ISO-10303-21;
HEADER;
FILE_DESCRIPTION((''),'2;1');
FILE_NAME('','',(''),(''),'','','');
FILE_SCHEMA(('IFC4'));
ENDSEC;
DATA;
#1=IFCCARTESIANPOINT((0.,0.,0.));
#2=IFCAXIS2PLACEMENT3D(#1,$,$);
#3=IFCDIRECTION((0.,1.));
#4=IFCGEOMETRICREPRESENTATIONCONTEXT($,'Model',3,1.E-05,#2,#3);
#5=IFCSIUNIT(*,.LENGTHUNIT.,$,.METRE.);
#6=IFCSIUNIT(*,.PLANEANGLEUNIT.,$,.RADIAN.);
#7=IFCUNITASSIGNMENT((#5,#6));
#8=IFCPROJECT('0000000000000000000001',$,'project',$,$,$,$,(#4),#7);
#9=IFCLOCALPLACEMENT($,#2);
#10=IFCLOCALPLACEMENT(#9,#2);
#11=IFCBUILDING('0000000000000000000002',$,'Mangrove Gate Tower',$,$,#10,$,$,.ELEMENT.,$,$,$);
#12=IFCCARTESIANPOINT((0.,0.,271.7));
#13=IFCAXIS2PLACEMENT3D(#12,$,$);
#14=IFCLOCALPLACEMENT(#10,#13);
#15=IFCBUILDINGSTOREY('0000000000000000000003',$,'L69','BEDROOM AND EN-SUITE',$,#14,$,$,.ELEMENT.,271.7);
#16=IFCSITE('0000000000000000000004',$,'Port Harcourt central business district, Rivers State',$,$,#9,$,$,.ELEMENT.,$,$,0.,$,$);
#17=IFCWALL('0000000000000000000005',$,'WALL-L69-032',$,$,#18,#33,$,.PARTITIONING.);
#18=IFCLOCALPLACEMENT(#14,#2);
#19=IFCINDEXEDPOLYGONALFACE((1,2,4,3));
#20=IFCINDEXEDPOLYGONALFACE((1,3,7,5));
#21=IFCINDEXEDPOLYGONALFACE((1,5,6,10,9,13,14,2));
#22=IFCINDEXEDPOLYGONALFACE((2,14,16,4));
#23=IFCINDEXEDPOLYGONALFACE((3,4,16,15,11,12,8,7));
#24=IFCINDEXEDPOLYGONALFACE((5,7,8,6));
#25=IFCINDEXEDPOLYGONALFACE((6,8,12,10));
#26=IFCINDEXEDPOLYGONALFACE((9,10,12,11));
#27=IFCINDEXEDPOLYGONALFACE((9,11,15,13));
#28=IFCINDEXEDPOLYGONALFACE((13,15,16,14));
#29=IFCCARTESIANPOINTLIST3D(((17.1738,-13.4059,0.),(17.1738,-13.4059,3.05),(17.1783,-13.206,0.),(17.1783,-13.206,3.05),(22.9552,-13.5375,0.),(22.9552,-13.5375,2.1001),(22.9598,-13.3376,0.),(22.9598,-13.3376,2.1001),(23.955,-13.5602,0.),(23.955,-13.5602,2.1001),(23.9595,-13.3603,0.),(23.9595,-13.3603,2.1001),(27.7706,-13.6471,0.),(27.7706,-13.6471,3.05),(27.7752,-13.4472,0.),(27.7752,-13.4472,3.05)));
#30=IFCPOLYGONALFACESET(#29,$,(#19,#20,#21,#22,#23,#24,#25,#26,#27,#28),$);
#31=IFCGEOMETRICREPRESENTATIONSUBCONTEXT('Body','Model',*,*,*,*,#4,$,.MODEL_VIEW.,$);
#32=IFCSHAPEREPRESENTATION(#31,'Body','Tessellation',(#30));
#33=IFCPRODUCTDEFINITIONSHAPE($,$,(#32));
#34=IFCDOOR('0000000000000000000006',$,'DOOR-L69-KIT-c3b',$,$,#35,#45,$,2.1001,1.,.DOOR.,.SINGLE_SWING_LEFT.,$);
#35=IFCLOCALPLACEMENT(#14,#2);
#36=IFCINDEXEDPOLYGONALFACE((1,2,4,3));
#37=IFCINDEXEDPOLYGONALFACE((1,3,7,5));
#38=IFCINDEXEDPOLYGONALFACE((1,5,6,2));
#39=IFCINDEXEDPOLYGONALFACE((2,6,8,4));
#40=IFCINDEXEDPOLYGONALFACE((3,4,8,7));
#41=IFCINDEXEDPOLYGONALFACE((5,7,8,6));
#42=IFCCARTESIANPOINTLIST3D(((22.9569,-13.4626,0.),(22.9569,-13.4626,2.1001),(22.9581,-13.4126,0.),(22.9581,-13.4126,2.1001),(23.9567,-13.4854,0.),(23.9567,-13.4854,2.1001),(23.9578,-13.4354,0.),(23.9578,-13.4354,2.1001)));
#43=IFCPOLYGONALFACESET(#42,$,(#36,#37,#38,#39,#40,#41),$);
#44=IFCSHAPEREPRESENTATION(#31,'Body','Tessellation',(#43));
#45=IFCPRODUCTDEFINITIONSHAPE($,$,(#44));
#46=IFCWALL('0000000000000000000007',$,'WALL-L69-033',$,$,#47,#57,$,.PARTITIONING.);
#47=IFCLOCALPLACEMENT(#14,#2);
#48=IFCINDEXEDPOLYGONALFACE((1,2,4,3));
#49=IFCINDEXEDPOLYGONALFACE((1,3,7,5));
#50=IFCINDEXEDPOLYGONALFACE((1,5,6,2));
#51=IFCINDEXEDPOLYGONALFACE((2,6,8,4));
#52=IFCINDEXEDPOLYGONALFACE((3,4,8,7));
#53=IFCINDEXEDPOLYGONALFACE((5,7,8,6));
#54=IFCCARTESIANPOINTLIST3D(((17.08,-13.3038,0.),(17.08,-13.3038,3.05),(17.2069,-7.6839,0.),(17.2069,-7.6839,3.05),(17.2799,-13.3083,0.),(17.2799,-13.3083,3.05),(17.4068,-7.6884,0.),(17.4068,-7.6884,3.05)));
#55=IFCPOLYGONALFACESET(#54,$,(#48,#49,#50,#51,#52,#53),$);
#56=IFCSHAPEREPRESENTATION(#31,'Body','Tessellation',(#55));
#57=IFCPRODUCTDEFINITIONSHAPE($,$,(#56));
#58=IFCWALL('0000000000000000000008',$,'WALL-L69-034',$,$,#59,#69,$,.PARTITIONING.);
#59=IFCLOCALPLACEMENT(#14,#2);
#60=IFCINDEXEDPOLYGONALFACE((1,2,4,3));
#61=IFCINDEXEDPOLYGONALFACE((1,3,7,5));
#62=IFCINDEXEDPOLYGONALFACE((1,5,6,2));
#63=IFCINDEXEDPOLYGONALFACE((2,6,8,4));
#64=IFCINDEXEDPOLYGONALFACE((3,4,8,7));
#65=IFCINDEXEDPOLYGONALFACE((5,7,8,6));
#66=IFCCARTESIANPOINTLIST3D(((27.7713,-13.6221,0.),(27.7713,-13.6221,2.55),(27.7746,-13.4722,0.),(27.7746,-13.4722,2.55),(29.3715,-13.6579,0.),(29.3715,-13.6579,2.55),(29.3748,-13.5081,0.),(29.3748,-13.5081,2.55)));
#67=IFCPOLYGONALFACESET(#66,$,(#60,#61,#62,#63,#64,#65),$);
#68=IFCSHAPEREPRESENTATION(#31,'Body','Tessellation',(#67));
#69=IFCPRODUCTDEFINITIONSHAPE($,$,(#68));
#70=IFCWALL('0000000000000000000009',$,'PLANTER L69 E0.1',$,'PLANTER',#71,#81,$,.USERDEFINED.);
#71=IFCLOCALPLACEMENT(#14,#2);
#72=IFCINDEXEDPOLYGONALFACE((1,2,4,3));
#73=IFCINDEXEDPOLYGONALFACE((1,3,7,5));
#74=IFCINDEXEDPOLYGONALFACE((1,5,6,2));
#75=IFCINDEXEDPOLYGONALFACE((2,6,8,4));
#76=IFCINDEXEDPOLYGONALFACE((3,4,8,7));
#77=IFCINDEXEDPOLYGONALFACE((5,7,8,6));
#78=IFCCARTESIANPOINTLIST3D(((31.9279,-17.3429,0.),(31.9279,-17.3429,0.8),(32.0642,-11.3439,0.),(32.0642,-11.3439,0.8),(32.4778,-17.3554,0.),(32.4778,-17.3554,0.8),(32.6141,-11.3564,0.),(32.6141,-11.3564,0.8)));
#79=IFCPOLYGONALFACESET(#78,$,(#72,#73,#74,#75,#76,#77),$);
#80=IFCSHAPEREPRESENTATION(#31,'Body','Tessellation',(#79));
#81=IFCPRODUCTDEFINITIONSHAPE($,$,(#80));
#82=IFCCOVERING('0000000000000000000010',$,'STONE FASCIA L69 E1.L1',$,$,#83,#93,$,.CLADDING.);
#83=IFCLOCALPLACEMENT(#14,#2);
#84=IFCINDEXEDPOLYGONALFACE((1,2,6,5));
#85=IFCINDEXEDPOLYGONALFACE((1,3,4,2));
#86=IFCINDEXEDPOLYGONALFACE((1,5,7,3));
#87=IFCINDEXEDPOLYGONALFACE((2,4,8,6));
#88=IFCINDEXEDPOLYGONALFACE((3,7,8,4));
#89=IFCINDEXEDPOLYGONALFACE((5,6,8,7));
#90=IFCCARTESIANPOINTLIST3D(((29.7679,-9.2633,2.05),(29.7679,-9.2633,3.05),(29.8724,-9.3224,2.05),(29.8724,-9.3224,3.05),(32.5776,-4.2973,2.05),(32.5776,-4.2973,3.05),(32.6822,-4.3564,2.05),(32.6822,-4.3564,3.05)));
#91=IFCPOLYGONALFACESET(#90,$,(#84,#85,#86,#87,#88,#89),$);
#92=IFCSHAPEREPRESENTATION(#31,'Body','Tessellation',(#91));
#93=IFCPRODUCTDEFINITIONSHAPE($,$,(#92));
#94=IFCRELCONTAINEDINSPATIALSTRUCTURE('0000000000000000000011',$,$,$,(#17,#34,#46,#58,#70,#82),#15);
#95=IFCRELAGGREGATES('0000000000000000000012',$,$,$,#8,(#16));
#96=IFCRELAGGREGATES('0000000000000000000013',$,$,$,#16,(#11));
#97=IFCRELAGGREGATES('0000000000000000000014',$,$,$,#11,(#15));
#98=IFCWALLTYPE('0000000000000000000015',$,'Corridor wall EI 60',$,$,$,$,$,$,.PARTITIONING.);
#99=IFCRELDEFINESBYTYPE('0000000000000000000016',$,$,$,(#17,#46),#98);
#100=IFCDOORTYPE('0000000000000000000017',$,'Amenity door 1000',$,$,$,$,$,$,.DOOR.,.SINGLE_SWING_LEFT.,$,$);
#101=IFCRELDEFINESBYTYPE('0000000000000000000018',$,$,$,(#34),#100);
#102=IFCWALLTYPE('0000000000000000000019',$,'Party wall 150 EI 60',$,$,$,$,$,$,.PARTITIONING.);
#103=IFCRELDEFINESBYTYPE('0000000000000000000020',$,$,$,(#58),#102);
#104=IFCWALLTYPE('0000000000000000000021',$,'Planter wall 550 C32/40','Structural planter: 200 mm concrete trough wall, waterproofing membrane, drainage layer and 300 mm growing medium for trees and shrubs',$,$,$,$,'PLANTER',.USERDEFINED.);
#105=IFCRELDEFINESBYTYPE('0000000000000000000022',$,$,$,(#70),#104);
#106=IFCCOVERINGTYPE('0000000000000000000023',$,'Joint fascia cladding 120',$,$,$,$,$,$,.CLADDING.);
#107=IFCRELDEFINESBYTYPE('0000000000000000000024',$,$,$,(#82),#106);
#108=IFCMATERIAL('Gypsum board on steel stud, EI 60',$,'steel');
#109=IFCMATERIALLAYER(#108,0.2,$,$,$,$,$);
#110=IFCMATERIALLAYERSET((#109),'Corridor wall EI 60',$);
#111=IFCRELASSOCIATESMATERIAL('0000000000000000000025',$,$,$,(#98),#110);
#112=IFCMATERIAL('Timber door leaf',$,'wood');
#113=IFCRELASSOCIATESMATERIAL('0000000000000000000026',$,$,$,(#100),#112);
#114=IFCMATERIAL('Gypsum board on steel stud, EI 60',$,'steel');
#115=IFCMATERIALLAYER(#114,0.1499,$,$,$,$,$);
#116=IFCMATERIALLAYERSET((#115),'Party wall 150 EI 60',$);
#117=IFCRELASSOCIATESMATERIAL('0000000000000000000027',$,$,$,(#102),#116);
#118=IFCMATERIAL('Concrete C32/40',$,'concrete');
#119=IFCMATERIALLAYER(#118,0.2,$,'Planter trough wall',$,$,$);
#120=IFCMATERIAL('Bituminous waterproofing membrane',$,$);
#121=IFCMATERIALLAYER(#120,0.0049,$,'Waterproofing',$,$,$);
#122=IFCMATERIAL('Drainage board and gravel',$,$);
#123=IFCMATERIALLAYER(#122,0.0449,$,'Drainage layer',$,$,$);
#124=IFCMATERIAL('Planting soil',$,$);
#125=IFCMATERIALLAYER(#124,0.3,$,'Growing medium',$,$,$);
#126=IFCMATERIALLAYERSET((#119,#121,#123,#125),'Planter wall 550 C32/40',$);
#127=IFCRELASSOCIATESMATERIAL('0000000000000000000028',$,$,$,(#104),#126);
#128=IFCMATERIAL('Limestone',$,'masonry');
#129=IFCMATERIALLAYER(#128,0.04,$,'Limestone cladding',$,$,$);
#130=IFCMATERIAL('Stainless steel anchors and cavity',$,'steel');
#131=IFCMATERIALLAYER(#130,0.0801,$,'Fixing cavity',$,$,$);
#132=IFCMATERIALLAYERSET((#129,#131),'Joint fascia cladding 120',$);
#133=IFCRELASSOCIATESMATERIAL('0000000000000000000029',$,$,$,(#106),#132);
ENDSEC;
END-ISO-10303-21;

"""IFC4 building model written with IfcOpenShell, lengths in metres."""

from ifc_helpers import new_model, si_unit, direction, frame, frame_2d, origin, place, context, subcontext, project, spatial, rectangle, extrude, material, layer, layer_set, type_object, element, fill, save


model = new_model("IFC4")

# Units and contexts
model_context = context("Model", 3, precision=1e-05, world=origin(), true_north=direction((0.0, 1.0)))
body_context = subcontext(model_context, "Body", "Model", "MODEL_VIEW")
ifc_project = project(units=[si_unit("LENGTHUNIT", "METRE"), si_unit("PLANEANGLEUNIT", "RADIAN")], contexts=[model_context])

# Site, building, storey
site_placement = place(None, origin())
site = spatial("IfcSite", under=ifc_project, at=site_placement, Name="Port Harcourt central business district, Rivers State", CompositionType="ELEMENT", RefElevation=0.0)
building_placement = place(site_placement, origin())
building = spatial("IfcBuilding", under=site, at=building_placement, Name="Mangrove Gate Tower", CompositionType="ELEMENT")
storey_placement = place(building_placement, frame((0.0, 0.0, 271.7)))
storey = spatial("IfcBuildingStorey", under=building, at=storey_placement, Name="L69", Description="BEDROOM AND EN-SUITE", CompositionType="ELEMENT", Elevation=271.7)

# Shared definitions
ifc_material_1 = material(Name="Gypsum board on steel stud, EI 60", Category="steel")
ifc_layer_1 = layer(ifc_material_1, 0.2)
ifc_layer_set_1 = layer_set([ifc_layer_1], Name="Corridor wall EI 60")
wall_type_1 = type_object("IfcWallType", Name="Corridor wall EI 60", PredefinedType="PARTITIONING", material=ifc_layer_set_1)

# Wall, opening, door
wall_1_placement = place(storey_placement, frame((17.176, -13.3059, 0.0), z_axis=(0.0, 0.0, 1.0), x_axis=(0.999741, -0.022756, 0.0)))
wall_1 = element("IfcWall", 1, at=wall_1_placement, inside=storey, type_object=wall_type_1, Name="WALL-L69-032", PredefinedType="PARTITIONING", context=body_context, shape_type="SweptSolid", body=[
    extrude(rectangle(XDim=10.5996, YDim=0.2, at=frame_2d((5.2998, 0.0))), origin(), (0.0, 0.0, 1.0), 3.05),
])
opening_placement = place(wall_1_placement, frame((5.783, 0.0, 0.0)))
opening = element("IfcOpeningElement", 2, at=opening_placement, cuts=wall_1, PredefinedType="OPENING", context=body_context, shape_type="SweptSolid", body=[
    extrude(rectangle(XDim=1.0, YDim=2.1001, at=frame_2d((0.5, 1.05))), frame((0.0, 0.1099, 0.0), z_axis=(0.0, -1.0, 0.0), x_axis=(1.0, 0.0, 0.0)), (0.0, 0.0, 1.0), 0.22),
])
ifc_material_2 = material(Name="Timber door leaf", Category="wood")
door_type = type_object("IfcDoorType", Name="Amenity door 1000", OperationType="SINGLE_SWING_LEFT", PredefinedType="DOOR", material=ifc_material_2)
door_placement = place(opening_placement, origin())
door = element("IfcDoor", 3, at=door_placement, inside=storey, type_object=door_type, Name="DOOR-L69-KIT-c3b", OperationType="SINGLE_SWING_LEFT", OverallHeight=2.1001, OverallWidth=1.0, PredefinedType="DOOR", context=body_context, shape_type="SweptSolid", body=[
    extrude(rectangle(XDim=1.0, YDim=2.1001, at=frame_2d((0.5, 1.05))), frame((0.0, 0.0249, 0.0), z_axis=(0.0, -1.0, 0.0), x_axis=(1.0, 0.0, 0.0)), (0.0, 0.0, 1.0), 0.05),
])
fill(opening, door)

# Walls
wall_2_placement = place(storey_placement, frame((17.1799, -13.3059, 0.0), z_axis=(0.0, 0.0, 1.0), x_axis=(0.022584, 0.999745, 0.0)))
element("IfcWall", 4, at=wall_2_placement, inside=storey, type_object=wall_type_1, Name="WALL-L69-033", PredefinedType="PARTITIONING", context=body_context, shape_type="SweptSolid", body=[
    extrude(rectangle(XDim=5.6213, YDim=0.2, at=frame_2d((2.8105, 0.0))), origin(), (0.0, 0.0, 1.0), 3.05),
])
ifc_material_3 = material(Name="Gypsum board on steel stud, EI 60", Category="steel")
ifc_layer_2 = layer(ifc_material_3, 0.1499)
ifc_layer_set_2 = layer_set([ifc_layer_2], Name="Party wall 150 EI 60")
wall_type_2 = type_object("IfcWallType", Name="Party wall 150 EI 60", PredefinedType="PARTITIONING", material=ifc_layer_set_2)
wall_3_placement = place(storey_placement, frame((27.7729, -13.5471, 0.0), z_axis=(0.0, 0.0, 1.0), x_axis=(0.999749, -0.022423, 0.0)))
element("IfcWall", 5, at=wall_3_placement, inside=storey, type_object=wall_type_2, Name="WALL-L69-034", PredefinedType="PARTITIONING", context=body_context, shape_type="SweptSolid", body=[
    extrude(rectangle(XDim=1.6006, YDim=0.1499, at=frame_2d((0.8003, 0.0))), origin(), (0.0, 0.0, 1.0), 2.55),
])
ifc_material_4 = material(Name="Concrete C32/40", Category="concrete")
ifc_layer_3 = layer(ifc_material_4, 0.2, Name="Planter trough wall")
ifc_material_5 = material(Name="Bituminous waterproofing membrane")
ifc_layer_4 = layer(ifc_material_5, 0.0049, Name="Waterproofing")
ifc_material_6 = material(Name="Drainage board and gravel")
ifc_layer_5 = layer(ifc_material_6, 0.0449, Name="Drainage layer")
ifc_material_7 = material(Name="Planting soil")
ifc_layer_6 = layer(ifc_material_7, 0.3, Name="Growing medium")
ifc_layer_set_3 = layer_set([ifc_layer_3, ifc_layer_4, ifc_layer_5, ifc_layer_6], Name="Planter wall 550 C32/40")
wall_type_3 = type_object("IfcWallType", Name="Planter wall 550 C32/40", Description="Structural planter: 200 mm concrete trough wall, waterproofing membrane, drainage layer and 300 mm growing medium for trees and shrubs", ElementType="PLANTER", PredefinedType="USERDEFINED", material=ifc_layer_set_3)
wall_4_placement = place(storey_placement, frame((32.2029, -17.3491, 0.0), z_axis=(0.0, 0.0, 1.0), x_axis=(0.022703, 0.999742, 0.0)))
element("IfcWall", 6, at=wall_4_placement, inside=storey, type_object=wall_type_3, Name="PLANTER L69 E0.1", ObjectType="PLANTER", PredefinedType="USERDEFINED", context=body_context, shape_type="SweptSolid", body=[
    extrude(rectangle(XDim=6.0005, YDim=0.55, at=frame_2d((3.0002, 0.0))), origin(), (0.0, 0.0, 1.0), 0.8),
])

# Covering
ifc_material_8 = material(Name="Limestone", Category="masonry")
ifc_layer_7 = layer(ifc_material_8, 0.04, Name="Limestone cladding")
ifc_material_9 = material(Name="Stainless steel anchors and cavity", Category="steel")
ifc_layer_8 = layer(ifc_material_9, 0.0801, Name="Fixing cavity")
ifc_layer_set_4 = layer_set([ifc_layer_7, ifc_layer_8], Name="Joint fascia cladding 120")
covering_type = type_object("IfcCoveringType", Name="Joint fascia cladding 120", PredefinedType="CLADDING", material=ifc_layer_set_4)
covering_placement = place(storey_placement, frame((29.8201, -9.293, 2.05), z_axis=(0.0, 0.0, 1.0), x_axis=(0.492444, 0.870344, 0.0)))
element("IfcCovering", 7, at=covering_placement, inside=storey, type_object=covering_type, Name="STONE FASCIA L69 E1.L1", PredefinedType="CLADDING", context=body_context, shape_type="SweptSolid", body=[
    extrude(rectangle(XDim=5.7058, YDim=0.1201, at=frame_2d((2.853, 0.0))), origin(), (0.0, 0.0, 1.0), 1.0),
])

save(model, "model.ifc")
